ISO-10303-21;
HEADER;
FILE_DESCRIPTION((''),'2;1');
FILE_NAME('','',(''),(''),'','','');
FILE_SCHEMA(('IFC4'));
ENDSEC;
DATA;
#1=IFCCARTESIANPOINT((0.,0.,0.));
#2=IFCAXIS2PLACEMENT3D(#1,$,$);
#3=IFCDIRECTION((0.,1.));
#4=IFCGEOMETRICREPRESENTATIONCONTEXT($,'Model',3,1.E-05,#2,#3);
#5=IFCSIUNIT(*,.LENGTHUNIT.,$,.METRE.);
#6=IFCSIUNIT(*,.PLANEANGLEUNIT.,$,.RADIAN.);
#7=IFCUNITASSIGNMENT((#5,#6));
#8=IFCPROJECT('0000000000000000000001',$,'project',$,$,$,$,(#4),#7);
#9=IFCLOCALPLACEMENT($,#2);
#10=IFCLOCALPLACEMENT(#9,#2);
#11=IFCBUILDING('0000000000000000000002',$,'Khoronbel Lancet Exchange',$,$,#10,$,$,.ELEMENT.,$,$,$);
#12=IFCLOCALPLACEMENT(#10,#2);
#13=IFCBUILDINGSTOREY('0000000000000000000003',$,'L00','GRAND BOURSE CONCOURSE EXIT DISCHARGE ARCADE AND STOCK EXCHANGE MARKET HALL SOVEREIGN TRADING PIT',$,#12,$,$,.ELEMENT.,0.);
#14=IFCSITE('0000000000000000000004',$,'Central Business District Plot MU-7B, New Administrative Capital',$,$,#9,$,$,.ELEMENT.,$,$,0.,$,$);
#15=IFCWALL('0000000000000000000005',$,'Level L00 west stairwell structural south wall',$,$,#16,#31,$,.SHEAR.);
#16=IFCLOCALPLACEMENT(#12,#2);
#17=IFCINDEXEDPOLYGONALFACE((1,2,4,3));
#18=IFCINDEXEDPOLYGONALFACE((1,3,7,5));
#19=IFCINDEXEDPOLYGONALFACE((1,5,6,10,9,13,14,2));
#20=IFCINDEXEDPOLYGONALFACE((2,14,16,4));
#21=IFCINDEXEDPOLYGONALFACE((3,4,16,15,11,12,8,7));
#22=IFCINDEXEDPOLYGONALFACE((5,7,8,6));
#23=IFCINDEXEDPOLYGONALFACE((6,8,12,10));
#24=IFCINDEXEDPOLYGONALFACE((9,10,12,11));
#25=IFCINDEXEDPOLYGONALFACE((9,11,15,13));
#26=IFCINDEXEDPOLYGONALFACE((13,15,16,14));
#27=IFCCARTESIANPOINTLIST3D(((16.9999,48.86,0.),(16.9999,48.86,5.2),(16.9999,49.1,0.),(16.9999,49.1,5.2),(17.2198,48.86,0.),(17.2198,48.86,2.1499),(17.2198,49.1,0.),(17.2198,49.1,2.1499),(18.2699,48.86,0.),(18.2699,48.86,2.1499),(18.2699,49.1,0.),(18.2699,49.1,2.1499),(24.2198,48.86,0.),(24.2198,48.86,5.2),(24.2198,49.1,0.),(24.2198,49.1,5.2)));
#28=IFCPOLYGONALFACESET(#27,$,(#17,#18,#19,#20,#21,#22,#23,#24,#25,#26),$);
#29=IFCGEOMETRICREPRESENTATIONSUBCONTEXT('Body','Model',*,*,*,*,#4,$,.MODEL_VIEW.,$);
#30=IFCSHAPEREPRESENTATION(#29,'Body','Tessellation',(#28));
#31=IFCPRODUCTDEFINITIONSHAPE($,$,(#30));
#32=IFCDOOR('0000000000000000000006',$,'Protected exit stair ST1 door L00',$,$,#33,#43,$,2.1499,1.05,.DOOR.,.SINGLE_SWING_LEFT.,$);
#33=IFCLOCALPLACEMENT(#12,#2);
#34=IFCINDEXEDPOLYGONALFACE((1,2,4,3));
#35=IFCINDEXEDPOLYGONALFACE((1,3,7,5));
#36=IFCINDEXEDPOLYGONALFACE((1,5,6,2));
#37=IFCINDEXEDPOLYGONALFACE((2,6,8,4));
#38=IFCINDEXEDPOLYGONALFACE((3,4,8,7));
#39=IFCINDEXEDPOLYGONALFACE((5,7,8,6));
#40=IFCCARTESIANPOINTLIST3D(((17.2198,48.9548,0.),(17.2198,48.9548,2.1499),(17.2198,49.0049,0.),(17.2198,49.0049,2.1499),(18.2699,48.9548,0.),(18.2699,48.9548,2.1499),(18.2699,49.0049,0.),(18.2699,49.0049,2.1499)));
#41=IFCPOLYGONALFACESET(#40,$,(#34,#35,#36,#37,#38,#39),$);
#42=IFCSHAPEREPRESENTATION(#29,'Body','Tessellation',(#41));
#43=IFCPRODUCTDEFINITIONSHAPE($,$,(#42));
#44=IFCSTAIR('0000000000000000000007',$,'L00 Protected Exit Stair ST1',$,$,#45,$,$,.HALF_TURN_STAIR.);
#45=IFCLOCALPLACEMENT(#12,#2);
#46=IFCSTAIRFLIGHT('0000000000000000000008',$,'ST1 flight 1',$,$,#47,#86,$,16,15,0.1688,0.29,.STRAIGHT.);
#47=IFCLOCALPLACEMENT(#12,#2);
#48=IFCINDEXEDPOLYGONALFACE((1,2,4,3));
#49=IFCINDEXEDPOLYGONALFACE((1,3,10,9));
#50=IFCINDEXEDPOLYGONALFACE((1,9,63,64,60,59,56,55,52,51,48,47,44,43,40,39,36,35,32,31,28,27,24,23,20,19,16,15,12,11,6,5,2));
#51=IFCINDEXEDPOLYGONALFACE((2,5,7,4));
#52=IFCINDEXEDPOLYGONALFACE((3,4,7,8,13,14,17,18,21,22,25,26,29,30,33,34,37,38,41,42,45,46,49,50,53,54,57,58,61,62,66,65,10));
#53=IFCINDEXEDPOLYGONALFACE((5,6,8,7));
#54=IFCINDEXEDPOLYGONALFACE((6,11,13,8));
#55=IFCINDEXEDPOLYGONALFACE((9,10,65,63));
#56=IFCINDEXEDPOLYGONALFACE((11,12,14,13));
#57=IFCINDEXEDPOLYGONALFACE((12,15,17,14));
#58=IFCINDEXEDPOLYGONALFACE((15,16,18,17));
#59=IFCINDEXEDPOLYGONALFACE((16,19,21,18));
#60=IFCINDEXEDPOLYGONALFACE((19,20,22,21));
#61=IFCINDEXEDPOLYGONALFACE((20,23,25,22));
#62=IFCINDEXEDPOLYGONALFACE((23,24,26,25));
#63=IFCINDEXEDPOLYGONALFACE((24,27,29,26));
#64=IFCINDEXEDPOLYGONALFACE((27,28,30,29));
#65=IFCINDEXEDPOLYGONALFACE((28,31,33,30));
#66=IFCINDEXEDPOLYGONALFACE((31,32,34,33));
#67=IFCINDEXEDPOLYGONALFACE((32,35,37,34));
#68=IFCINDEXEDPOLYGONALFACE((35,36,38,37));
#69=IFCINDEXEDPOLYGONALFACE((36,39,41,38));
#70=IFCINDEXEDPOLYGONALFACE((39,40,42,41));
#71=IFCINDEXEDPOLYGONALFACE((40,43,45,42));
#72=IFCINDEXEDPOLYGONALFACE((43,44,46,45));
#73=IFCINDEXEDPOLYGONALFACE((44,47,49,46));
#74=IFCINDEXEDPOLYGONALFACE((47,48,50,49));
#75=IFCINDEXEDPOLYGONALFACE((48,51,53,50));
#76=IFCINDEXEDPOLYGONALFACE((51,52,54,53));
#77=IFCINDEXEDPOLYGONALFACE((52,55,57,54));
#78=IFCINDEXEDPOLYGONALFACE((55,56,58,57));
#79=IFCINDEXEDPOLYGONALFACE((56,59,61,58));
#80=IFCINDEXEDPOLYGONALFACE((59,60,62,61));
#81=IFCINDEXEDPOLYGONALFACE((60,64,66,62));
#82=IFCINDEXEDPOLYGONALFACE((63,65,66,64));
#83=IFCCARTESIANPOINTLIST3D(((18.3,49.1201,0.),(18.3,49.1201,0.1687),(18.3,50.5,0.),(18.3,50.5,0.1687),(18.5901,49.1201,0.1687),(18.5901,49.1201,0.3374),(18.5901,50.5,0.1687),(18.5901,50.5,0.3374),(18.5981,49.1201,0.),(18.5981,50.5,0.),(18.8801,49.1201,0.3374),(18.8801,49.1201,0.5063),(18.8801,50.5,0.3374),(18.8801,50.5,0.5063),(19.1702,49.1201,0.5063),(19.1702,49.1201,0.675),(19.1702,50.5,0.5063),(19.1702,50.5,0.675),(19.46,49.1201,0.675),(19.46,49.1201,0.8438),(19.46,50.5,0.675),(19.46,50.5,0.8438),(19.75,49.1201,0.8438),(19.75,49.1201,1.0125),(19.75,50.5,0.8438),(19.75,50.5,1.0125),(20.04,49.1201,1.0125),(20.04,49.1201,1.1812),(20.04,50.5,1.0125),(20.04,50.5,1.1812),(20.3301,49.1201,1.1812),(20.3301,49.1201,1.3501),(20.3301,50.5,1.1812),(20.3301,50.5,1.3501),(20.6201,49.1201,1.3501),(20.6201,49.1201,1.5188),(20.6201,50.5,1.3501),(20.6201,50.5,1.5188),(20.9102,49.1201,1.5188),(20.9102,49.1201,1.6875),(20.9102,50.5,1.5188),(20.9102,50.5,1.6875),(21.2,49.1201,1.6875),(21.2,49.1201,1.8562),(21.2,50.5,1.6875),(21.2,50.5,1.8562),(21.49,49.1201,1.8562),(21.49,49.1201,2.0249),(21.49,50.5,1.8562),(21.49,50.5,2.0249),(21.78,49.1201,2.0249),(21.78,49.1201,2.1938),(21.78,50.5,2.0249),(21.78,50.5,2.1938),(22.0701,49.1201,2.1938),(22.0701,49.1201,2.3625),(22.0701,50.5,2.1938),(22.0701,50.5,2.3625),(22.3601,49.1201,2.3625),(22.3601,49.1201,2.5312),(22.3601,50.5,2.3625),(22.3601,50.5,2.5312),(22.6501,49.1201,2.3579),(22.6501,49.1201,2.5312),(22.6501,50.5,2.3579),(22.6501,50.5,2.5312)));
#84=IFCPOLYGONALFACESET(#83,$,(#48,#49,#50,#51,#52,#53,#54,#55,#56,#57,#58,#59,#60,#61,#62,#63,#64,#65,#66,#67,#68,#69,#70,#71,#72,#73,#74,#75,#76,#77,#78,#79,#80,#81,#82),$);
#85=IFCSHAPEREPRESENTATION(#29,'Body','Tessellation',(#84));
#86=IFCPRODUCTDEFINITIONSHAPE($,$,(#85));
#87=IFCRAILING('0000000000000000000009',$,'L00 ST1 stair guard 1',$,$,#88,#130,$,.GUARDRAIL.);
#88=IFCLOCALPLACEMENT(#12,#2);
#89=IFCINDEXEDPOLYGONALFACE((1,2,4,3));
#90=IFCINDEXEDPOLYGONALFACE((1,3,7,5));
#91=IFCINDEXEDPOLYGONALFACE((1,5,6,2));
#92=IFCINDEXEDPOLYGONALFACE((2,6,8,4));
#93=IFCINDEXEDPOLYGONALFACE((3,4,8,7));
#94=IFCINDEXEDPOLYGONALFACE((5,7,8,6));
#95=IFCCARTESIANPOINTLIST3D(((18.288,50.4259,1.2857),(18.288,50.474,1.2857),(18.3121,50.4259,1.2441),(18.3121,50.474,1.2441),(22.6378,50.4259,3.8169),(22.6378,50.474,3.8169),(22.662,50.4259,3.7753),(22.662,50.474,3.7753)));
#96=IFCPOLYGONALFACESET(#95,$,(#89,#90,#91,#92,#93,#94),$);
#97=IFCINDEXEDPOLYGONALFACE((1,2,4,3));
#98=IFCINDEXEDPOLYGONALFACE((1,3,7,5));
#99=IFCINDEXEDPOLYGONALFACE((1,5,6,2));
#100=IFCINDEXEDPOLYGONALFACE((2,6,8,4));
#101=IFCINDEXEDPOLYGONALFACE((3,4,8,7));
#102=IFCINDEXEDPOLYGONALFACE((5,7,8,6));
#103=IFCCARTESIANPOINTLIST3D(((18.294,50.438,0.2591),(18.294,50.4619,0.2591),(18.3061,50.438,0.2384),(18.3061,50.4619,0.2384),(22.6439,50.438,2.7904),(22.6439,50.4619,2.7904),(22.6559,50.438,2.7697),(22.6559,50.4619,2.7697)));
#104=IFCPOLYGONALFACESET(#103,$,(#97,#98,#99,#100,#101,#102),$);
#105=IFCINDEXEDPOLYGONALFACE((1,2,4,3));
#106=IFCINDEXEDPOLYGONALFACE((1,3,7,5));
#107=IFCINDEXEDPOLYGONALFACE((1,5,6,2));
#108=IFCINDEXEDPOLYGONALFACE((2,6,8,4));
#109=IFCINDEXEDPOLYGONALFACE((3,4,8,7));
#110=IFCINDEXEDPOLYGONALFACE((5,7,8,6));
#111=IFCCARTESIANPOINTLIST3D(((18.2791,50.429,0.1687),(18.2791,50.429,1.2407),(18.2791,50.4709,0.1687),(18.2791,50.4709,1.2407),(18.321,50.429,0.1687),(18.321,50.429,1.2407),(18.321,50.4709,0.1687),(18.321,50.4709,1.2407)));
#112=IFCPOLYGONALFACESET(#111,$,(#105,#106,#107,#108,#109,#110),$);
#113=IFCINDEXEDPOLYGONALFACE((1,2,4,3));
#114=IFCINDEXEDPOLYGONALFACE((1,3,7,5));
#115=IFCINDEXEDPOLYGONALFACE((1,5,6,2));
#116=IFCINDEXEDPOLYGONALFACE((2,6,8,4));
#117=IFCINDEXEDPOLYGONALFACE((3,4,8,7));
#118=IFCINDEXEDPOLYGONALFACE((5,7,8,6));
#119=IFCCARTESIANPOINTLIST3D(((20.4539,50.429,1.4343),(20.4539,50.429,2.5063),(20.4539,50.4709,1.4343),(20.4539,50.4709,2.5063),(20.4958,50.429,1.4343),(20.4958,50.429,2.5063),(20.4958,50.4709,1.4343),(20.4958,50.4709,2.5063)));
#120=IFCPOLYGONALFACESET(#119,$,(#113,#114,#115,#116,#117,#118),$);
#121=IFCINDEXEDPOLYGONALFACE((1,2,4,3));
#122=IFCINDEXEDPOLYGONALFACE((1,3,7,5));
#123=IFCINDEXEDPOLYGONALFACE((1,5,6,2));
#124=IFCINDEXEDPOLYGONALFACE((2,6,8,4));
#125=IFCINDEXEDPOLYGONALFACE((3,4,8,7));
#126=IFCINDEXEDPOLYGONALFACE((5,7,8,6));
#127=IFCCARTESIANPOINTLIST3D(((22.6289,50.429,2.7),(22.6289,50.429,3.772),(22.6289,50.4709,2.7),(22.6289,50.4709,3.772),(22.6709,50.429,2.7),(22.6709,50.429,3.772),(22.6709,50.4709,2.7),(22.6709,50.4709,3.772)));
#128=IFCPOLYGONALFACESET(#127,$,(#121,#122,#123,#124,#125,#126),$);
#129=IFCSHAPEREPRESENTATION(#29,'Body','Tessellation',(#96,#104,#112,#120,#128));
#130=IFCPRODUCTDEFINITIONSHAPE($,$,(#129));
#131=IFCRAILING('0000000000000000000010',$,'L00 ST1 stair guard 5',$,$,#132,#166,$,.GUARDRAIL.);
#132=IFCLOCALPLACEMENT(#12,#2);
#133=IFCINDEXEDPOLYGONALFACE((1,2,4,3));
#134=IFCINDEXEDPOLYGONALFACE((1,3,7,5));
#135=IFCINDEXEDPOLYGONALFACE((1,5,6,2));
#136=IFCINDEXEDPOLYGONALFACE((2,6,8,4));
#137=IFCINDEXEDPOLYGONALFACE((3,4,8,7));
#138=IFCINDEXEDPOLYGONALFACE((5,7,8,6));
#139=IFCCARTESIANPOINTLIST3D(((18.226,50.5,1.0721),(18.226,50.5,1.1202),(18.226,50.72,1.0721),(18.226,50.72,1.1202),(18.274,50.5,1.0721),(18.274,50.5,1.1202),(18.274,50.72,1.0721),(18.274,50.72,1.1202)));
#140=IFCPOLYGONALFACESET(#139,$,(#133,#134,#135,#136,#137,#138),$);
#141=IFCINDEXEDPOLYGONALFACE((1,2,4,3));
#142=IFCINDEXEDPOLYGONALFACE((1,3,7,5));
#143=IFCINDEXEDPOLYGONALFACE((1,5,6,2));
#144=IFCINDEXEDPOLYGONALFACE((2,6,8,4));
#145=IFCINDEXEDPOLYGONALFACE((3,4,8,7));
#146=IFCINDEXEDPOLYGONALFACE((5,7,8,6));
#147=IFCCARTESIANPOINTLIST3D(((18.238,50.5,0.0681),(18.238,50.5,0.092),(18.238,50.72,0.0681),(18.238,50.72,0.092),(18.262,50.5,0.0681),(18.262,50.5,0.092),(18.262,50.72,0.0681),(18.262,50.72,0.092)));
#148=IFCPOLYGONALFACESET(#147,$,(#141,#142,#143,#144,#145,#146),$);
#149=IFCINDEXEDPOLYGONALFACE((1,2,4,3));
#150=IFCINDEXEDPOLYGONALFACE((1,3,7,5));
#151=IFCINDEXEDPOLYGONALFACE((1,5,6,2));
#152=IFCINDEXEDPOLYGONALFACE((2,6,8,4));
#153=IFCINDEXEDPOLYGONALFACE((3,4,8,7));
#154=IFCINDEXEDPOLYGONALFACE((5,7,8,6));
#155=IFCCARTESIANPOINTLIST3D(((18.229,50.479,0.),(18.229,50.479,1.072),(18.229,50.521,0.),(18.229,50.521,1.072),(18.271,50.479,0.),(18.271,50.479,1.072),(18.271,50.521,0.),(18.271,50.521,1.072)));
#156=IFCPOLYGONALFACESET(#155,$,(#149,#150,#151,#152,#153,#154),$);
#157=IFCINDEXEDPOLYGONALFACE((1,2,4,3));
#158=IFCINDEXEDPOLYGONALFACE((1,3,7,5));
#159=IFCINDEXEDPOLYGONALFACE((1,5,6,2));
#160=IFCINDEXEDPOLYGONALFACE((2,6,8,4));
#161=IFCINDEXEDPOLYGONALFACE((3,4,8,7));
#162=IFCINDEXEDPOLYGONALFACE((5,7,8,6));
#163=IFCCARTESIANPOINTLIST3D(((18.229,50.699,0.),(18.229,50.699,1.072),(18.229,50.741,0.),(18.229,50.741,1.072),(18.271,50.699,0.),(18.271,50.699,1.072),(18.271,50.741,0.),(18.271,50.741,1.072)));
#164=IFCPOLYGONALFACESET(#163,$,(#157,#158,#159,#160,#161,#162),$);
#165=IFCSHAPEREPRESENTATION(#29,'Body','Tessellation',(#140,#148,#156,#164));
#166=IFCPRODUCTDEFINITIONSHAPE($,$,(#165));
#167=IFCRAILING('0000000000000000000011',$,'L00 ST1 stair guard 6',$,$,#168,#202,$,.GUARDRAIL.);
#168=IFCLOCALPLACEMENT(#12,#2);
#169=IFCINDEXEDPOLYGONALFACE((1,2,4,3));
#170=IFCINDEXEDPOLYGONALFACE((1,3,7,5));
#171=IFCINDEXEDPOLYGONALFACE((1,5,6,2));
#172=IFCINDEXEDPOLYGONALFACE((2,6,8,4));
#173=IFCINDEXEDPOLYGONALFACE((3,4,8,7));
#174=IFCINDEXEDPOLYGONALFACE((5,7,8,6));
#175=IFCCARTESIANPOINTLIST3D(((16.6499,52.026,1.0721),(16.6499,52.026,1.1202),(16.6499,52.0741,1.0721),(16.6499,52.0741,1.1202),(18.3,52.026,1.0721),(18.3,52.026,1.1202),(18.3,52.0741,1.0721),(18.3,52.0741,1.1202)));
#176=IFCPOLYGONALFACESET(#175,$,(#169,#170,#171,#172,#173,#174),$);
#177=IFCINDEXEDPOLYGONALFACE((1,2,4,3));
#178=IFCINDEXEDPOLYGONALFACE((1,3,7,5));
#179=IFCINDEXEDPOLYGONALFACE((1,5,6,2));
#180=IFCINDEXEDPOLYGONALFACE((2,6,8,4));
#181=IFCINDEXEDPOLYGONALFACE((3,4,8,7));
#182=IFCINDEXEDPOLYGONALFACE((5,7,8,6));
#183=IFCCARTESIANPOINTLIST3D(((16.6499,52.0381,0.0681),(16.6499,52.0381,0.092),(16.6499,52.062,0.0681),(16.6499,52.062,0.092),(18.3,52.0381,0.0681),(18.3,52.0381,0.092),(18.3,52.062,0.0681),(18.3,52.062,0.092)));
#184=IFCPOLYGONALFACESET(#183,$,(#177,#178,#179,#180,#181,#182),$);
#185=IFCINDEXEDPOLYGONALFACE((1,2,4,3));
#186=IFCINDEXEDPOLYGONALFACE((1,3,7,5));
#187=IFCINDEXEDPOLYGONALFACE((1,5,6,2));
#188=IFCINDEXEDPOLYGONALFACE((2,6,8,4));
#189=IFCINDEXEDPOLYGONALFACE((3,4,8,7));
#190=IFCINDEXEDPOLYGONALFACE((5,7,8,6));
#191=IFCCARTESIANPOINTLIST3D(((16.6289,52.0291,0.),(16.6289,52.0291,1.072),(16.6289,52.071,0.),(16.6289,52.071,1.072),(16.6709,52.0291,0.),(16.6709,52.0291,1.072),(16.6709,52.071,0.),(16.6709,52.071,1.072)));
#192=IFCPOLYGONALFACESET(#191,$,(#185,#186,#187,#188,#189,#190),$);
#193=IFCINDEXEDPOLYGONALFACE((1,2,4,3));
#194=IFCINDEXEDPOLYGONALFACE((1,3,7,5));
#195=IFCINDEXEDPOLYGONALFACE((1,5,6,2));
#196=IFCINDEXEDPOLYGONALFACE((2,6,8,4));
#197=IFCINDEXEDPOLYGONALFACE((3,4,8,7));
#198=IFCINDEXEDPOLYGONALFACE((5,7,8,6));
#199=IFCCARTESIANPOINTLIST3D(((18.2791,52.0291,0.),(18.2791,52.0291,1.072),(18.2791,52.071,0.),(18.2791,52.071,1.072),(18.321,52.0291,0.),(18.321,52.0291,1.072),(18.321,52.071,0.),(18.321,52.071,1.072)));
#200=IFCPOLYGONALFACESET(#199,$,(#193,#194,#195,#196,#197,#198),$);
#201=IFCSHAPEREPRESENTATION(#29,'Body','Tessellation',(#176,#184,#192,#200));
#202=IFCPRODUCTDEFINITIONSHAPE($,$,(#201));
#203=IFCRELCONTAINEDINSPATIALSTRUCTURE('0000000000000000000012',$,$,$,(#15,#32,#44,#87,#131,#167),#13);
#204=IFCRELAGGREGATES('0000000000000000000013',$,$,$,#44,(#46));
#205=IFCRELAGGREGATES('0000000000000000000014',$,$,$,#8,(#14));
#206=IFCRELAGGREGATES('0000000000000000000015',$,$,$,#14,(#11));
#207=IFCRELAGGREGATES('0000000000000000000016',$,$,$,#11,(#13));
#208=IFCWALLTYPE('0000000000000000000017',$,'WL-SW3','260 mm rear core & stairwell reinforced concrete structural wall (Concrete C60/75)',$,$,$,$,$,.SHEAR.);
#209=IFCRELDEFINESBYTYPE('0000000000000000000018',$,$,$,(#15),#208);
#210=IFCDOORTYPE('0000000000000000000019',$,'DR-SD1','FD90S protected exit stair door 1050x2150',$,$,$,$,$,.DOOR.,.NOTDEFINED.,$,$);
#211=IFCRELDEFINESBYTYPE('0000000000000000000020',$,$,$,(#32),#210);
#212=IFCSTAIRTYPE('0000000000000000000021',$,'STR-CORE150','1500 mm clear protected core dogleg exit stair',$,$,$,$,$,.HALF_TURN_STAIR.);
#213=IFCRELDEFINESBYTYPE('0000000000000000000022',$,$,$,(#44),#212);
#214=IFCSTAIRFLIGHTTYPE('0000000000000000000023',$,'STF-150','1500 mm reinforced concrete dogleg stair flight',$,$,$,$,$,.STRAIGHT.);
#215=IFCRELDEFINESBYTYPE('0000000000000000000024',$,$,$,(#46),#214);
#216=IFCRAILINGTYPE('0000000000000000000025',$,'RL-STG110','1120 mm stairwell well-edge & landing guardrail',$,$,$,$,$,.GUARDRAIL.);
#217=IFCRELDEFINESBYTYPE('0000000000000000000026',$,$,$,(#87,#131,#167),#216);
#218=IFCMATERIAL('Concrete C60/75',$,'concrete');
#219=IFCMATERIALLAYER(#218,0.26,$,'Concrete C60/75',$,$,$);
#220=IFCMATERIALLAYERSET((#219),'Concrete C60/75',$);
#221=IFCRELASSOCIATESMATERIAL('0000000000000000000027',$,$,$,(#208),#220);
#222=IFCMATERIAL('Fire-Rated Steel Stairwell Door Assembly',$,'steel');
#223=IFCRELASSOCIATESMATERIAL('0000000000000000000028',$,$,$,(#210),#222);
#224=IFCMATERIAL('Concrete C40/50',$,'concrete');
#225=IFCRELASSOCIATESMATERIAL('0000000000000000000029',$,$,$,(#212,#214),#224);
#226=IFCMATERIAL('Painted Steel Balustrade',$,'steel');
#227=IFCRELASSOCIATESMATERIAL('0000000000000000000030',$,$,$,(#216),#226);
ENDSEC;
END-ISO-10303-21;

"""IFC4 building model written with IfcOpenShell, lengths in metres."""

from ifc_helpers import new_model, si_unit, direction, frame, frame_2d, origin, origin_2d, place, context, subcontext, project, spatial, polyline, rectangle, outline, extrude, material, layer, layer_set, type_object, element, fill, aggregate, save


model = new_model("IFC4")

# Units and contexts
model_context = context("Model", 3, precision=1e-05, world=origin(), true_north=direction((0.0, 1.0)))
body_context = subcontext(model_context, "Body", "Model", "MODEL_VIEW")
ifc_project = project(units=[si_unit("LENGTHUNIT", "METRE"), si_unit("PLANEANGLEUNIT", "RADIAN")], contexts=[model_context])

# Site, building, storey
site_placement = place(None, origin())
site = spatial("IfcSite", under=ifc_project, at=site_placement, Name="Central Business District Plot MU-7B, New Administrative Capital", CompositionType="ELEMENT", RefElevation=0.0)
building_placement = place(site_placement, origin())
building = spatial("IfcBuilding", under=site, at=building_placement, Name="Khoronbel Lancet Exchange", CompositionType="ELEMENT")
storey_placement = place(building_placement, origin())
storey = spatial("IfcBuildingStorey", under=building, at=storey_placement, Name="L00", Description="GRAND BOURSE CONCOURSE EXIT DISCHARGE ARCADE AND STOCK EXCHANGE MARKET HALL SOVEREIGN TRADING PIT", CompositionType="ELEMENT", Elevation=0.0)

# Wall, opening, door
ifc_material_1 = material(Name="Concrete C60/75", Category="concrete")
ifc_layer_1 = layer(ifc_material_1, 0.26, Name="Concrete C60/75")
ifc_layer_set_1 = layer_set([ifc_layer_1], Name="Concrete C60/75")
wall_type_1 = type_object("IfcWallType", Name="WL-SW3", Description="260 mm rear core & stairwell reinforced concrete structural wall (Concrete C60/75)", PredefinedType="SHEAR", material=ifc_layer_set_1)
wall_1_placement = place(storey_placement, frame((17.0, 48.98, 0.0), z_axis=(0.0, 0.0, 1.0), x_axis=(1.0, 0.0, 0.0)))
wall_1 = element("IfcWall", 1, at=wall_1_placement, inside=storey, type_object=wall_type_1, Name="Level L00 west stairwell structural south wall", PredefinedType="SHEAR", context=body_context, shape_type="SweptSolid", body=[
    extrude(rectangle(XDim=7.22, YDim=0.24, at=frame_2d((3.6099, 0.0))), origin(), (0.0, 0.0, 1.0), 5.2),
])
opening_1_placement = place(wall_1_placement, frame((0.22, 0.0, 0.0)))
opening_1 = element("IfcOpeningElement", 2, at=opening_1_placement, cuts=wall_1, PredefinedType="OPENING", context=body_context, shape_type="SweptSolid", body=[
    extrude(rectangle(XDim=1.05, YDim=2.1499, at=frame_2d((0.5249, 1.075))), frame((0.0, 0.1299, 0.0), z_axis=(0.0, -1.0, 0.0), x_axis=(1.0, 0.0, 0.0)), (0.0, 0.0, 1.0), 0.26),
])
ifc_material_2 = material(Name="Fire-Rated Steel Stairwell Door Assembly", Category="steel")
door_type_1 = type_object("IfcDoorType", Name="DR-SD1", Description="FD90S protected exit stair door 1050x2150", OperationType="NOTDEFINED", PredefinedType="DOOR", material=ifc_material_2)
door_1_placement = place(opening_1_placement, origin())
door_1 = element("IfcDoor", 3, at=door_1_placement, inside=storey, type_object=door_type_1, Name="Protected exit stair ST1 door L00", OperationType="SINGLE_SWING_LEFT", OverallHeight=2.1499, OverallWidth=1.05, PredefinedType="DOOR", context=body_context, shape_type="SweptSolid", body=[
    extrude(rectangle(XDim=1.05, YDim=2.1499, at=frame_2d((0.5249, 1.075))), frame((0.0, 0.0249, 0.0), z_axis=(0.0, -1.0, 0.0), x_axis=(1.0, 0.0, 0.0)), (0.0, 0.0, 1.0), 0.05),
])
fill(opening_1, door_1)

# Stair, stair flight
ifc_material_3 = material(Name="Concrete C40/50", Category="concrete")
stair_type = type_object("IfcStairType", Name="STR-CORE150", Description="1500 mm clear protected core dogleg exit stair", PredefinedType="HALF_TURN_STAIR", material=ifc_material_3)
stair_placement = place(storey_placement, origin())
stair = element("IfcStair", 4, at=stair_placement, inside=storey, type_object=stair_type, Name="L00 Protected Exit Stair ST1", PredefinedType="HALF_TURN_STAIR")
stair_flight_type = type_object("IfcStairFlightType", Name="STF-150", Description="1500 mm reinforced concrete dogleg stair flight", PredefinedType="STRAIGHT", material=ifc_material_3)
stair_flight_placement = place(storey_placement, frame((18.3, 49.8101, 0.0), z_axis=(0.0, 0.0, 1.0), x_axis=(1.0, 0.0, 0.0)))
stair_flight = element("IfcStairFlight", 5, at=stair_flight_placement, type_object=stair_flight_type, Name="ST1 flight 1", NumberOfRisers=16, NumberOfTreads=15, PredefinedType="STRAIGHT", RiserHeight=0.1688, TreadLength=0.29, context=body_context, shape_type="SweptSolid", body=[
    extrude(outline(polyline([(0.0, 0.0), (0.0, 0.1687), (0.29, 0.1687), (0.29, 0.3374), (0.5801, 0.3374), (0.5801, 0.5063), (0.8701, 0.5063), (0.8701, 0.675), (1.1599, 0.675), (1.1599, 0.8438), (1.45, 0.8438), (1.45, 1.0125), (1.74, 1.0125), (1.74, 1.1812), (2.03, 1.1812), (2.03, 1.3501), (2.3201, 1.3501), (2.3201, 1.5188), (2.6101, 1.5188), (2.6101, 1.6875), (2.8999, 1.6875), (2.8999, 1.8562), (3.1899, 1.8562), (3.1899, 2.0249), (3.48, 2.0249), (3.48, 2.1938), (3.77, 2.1938), (3.77, 2.3625), (4.0601, 2.3625), (4.0601, 2.5312), (4.3501, 2.5312), (4.3501, 2.7), (4.3501, 2.3579), (0.2981, 0.0), (0.0, 0.0)])), frame((0.0, 0.6899, 0.0), z_axis=(0.0, -1.0, 0.0), x_axis=(1.0, 0.0, 0.0)), (0.0, 0.0, 1.0), 1.3799),
])
aggregate(stair, [stair_flight])

# Railings
ifc_material_4 = material(Name="Painted Steel Balustrade", Category="steel")
railing_type_1 = type_object("IfcRailingType", Name="RL-STG110", Description="1120 mm stairwell well-edge & landing guardrail", PredefinedType="GUARDRAIL", material=ifc_material_4)
railing_1_placement = place(storey_placement, frame((18.3, 50.45, 0.1687)))
element("IfcRailing", 6, at=railing_1_placement, inside=storey, type_object=railing_type_1, Name="L00 ST1 stair guard 1", PredefinedType="GUARDRAIL", context=body_context, shape_type="SweptSolid", body=[
    extrude(rectangle(XDim=0.0481, YDim=0.0481, at=origin_2d()), frame((0.0, 0.0, 1.0962), z_axis=(0.864312, 0.0, 0.502957), x_axis=(0.0, 1.0, 0.0)), (0.0, 0.0, 1.0), 5.0327),
    extrude(rectangle(XDim=0.0239, YDim=0.0239, at=origin_2d()), frame((0.0, 0.0, 0.0801), z_axis=(0.864312, 0.0, 0.502957), x_axis=(0.0, 1.0, 0.0)), (0.0, 0.0, 1.0), 5.0327),
    extrude(rectangle(XDim=0.042, YDim=0.042, at=origin_2d()), origin(), (0.0, 0.0, 1.0), 1.072),
    extrude(rectangle(XDim=0.042, YDim=0.042, at=origin_2d()), frame((2.1748, 0.0, 1.2656)), (0.0, 0.0, 1.0), 1.072),
    extrude(rectangle(XDim=0.042, YDim=0.042, at=origin_2d()), frame((4.3499, 0.0, 2.5312)), (0.0, 0.0, 1.0), 1.072),
])
railing_2_placement = place(storey_placement, frame((18.25, 50.5, 0.0)))
element("IfcRailing", 7, at=railing_2_placement, inside=storey, type_object=railing_type_1, Name="L00 ST1 stair guard 5", PredefinedType="GUARDRAIL", context=body_context, shape_type="SweptSolid", body=[
    extrude(rectangle(XDim=0.0481, YDim=0.0481, at=origin_2d()), frame((0.0, 0.0, 1.0962), z_axis=(0.0, 1.0, 0.0), x_axis=(-1.0, 0.0, 0.0)), (0.0, 0.0, 1.0), 0.22),
    extrude(rectangle(XDim=0.0239, YDim=0.0239, at=origin_2d()), frame((0.0, 0.0, 0.0801), z_axis=(0.0, 1.0, 0.0), x_axis=(-1.0, 0.0, 0.0)), (0.0, 0.0, 1.0), 0.22),
    extrude(rectangle(XDim=0.042, YDim=0.042, at=origin_2d()), origin(), (0.0, 0.0, 1.0), 1.072),
    extrude(rectangle(XDim=0.042, YDim=0.042, at=origin_2d()), frame((0.0, 0.22, 0.0)), (0.0, 0.0, 1.0), 1.072),
])
railing_3_placement = place(storey_placement, frame((16.6499, 52.05, 0.0)))
element("IfcRailing", 8, at=railing_3_placement, inside=storey, type_object=railing_type_1, Name="L00 ST1 stair guard 6", PredefinedType="GUARDRAIL", context=body_context, shape_type="SweptSolid", body=[
    extrude(rectangle(XDim=0.0481, YDim=0.0481, at=origin_2d()), frame((0.0, 0.0, 1.0962), z_axis=(1.0, 0.0, 0.0), x_axis=(0.0, 1.0, 0.0)), (0.0, 0.0, 1.0), 1.6501),
    extrude(rectangle(XDim=0.0239, YDim=0.0239, at=origin_2d()), frame((0.0, 0.0, 0.0801), z_axis=(1.0, 0.0, 0.0), x_axis=(0.0, 1.0, 0.0)), (0.0, 0.0, 1.0), 1.6501),
    extrude(rectangle(XDim=0.042, YDim=0.042, at=origin_2d()), origin(), (0.0, 0.0, 1.0), 1.072),
    extrude(rectangle(XDim=0.042, YDim=0.042, at=origin_2d()), frame((1.6501, 0.0, 0.0)), (0.0, 0.0, 1.0), 1.072),
])

save(model, "model.ifc")
